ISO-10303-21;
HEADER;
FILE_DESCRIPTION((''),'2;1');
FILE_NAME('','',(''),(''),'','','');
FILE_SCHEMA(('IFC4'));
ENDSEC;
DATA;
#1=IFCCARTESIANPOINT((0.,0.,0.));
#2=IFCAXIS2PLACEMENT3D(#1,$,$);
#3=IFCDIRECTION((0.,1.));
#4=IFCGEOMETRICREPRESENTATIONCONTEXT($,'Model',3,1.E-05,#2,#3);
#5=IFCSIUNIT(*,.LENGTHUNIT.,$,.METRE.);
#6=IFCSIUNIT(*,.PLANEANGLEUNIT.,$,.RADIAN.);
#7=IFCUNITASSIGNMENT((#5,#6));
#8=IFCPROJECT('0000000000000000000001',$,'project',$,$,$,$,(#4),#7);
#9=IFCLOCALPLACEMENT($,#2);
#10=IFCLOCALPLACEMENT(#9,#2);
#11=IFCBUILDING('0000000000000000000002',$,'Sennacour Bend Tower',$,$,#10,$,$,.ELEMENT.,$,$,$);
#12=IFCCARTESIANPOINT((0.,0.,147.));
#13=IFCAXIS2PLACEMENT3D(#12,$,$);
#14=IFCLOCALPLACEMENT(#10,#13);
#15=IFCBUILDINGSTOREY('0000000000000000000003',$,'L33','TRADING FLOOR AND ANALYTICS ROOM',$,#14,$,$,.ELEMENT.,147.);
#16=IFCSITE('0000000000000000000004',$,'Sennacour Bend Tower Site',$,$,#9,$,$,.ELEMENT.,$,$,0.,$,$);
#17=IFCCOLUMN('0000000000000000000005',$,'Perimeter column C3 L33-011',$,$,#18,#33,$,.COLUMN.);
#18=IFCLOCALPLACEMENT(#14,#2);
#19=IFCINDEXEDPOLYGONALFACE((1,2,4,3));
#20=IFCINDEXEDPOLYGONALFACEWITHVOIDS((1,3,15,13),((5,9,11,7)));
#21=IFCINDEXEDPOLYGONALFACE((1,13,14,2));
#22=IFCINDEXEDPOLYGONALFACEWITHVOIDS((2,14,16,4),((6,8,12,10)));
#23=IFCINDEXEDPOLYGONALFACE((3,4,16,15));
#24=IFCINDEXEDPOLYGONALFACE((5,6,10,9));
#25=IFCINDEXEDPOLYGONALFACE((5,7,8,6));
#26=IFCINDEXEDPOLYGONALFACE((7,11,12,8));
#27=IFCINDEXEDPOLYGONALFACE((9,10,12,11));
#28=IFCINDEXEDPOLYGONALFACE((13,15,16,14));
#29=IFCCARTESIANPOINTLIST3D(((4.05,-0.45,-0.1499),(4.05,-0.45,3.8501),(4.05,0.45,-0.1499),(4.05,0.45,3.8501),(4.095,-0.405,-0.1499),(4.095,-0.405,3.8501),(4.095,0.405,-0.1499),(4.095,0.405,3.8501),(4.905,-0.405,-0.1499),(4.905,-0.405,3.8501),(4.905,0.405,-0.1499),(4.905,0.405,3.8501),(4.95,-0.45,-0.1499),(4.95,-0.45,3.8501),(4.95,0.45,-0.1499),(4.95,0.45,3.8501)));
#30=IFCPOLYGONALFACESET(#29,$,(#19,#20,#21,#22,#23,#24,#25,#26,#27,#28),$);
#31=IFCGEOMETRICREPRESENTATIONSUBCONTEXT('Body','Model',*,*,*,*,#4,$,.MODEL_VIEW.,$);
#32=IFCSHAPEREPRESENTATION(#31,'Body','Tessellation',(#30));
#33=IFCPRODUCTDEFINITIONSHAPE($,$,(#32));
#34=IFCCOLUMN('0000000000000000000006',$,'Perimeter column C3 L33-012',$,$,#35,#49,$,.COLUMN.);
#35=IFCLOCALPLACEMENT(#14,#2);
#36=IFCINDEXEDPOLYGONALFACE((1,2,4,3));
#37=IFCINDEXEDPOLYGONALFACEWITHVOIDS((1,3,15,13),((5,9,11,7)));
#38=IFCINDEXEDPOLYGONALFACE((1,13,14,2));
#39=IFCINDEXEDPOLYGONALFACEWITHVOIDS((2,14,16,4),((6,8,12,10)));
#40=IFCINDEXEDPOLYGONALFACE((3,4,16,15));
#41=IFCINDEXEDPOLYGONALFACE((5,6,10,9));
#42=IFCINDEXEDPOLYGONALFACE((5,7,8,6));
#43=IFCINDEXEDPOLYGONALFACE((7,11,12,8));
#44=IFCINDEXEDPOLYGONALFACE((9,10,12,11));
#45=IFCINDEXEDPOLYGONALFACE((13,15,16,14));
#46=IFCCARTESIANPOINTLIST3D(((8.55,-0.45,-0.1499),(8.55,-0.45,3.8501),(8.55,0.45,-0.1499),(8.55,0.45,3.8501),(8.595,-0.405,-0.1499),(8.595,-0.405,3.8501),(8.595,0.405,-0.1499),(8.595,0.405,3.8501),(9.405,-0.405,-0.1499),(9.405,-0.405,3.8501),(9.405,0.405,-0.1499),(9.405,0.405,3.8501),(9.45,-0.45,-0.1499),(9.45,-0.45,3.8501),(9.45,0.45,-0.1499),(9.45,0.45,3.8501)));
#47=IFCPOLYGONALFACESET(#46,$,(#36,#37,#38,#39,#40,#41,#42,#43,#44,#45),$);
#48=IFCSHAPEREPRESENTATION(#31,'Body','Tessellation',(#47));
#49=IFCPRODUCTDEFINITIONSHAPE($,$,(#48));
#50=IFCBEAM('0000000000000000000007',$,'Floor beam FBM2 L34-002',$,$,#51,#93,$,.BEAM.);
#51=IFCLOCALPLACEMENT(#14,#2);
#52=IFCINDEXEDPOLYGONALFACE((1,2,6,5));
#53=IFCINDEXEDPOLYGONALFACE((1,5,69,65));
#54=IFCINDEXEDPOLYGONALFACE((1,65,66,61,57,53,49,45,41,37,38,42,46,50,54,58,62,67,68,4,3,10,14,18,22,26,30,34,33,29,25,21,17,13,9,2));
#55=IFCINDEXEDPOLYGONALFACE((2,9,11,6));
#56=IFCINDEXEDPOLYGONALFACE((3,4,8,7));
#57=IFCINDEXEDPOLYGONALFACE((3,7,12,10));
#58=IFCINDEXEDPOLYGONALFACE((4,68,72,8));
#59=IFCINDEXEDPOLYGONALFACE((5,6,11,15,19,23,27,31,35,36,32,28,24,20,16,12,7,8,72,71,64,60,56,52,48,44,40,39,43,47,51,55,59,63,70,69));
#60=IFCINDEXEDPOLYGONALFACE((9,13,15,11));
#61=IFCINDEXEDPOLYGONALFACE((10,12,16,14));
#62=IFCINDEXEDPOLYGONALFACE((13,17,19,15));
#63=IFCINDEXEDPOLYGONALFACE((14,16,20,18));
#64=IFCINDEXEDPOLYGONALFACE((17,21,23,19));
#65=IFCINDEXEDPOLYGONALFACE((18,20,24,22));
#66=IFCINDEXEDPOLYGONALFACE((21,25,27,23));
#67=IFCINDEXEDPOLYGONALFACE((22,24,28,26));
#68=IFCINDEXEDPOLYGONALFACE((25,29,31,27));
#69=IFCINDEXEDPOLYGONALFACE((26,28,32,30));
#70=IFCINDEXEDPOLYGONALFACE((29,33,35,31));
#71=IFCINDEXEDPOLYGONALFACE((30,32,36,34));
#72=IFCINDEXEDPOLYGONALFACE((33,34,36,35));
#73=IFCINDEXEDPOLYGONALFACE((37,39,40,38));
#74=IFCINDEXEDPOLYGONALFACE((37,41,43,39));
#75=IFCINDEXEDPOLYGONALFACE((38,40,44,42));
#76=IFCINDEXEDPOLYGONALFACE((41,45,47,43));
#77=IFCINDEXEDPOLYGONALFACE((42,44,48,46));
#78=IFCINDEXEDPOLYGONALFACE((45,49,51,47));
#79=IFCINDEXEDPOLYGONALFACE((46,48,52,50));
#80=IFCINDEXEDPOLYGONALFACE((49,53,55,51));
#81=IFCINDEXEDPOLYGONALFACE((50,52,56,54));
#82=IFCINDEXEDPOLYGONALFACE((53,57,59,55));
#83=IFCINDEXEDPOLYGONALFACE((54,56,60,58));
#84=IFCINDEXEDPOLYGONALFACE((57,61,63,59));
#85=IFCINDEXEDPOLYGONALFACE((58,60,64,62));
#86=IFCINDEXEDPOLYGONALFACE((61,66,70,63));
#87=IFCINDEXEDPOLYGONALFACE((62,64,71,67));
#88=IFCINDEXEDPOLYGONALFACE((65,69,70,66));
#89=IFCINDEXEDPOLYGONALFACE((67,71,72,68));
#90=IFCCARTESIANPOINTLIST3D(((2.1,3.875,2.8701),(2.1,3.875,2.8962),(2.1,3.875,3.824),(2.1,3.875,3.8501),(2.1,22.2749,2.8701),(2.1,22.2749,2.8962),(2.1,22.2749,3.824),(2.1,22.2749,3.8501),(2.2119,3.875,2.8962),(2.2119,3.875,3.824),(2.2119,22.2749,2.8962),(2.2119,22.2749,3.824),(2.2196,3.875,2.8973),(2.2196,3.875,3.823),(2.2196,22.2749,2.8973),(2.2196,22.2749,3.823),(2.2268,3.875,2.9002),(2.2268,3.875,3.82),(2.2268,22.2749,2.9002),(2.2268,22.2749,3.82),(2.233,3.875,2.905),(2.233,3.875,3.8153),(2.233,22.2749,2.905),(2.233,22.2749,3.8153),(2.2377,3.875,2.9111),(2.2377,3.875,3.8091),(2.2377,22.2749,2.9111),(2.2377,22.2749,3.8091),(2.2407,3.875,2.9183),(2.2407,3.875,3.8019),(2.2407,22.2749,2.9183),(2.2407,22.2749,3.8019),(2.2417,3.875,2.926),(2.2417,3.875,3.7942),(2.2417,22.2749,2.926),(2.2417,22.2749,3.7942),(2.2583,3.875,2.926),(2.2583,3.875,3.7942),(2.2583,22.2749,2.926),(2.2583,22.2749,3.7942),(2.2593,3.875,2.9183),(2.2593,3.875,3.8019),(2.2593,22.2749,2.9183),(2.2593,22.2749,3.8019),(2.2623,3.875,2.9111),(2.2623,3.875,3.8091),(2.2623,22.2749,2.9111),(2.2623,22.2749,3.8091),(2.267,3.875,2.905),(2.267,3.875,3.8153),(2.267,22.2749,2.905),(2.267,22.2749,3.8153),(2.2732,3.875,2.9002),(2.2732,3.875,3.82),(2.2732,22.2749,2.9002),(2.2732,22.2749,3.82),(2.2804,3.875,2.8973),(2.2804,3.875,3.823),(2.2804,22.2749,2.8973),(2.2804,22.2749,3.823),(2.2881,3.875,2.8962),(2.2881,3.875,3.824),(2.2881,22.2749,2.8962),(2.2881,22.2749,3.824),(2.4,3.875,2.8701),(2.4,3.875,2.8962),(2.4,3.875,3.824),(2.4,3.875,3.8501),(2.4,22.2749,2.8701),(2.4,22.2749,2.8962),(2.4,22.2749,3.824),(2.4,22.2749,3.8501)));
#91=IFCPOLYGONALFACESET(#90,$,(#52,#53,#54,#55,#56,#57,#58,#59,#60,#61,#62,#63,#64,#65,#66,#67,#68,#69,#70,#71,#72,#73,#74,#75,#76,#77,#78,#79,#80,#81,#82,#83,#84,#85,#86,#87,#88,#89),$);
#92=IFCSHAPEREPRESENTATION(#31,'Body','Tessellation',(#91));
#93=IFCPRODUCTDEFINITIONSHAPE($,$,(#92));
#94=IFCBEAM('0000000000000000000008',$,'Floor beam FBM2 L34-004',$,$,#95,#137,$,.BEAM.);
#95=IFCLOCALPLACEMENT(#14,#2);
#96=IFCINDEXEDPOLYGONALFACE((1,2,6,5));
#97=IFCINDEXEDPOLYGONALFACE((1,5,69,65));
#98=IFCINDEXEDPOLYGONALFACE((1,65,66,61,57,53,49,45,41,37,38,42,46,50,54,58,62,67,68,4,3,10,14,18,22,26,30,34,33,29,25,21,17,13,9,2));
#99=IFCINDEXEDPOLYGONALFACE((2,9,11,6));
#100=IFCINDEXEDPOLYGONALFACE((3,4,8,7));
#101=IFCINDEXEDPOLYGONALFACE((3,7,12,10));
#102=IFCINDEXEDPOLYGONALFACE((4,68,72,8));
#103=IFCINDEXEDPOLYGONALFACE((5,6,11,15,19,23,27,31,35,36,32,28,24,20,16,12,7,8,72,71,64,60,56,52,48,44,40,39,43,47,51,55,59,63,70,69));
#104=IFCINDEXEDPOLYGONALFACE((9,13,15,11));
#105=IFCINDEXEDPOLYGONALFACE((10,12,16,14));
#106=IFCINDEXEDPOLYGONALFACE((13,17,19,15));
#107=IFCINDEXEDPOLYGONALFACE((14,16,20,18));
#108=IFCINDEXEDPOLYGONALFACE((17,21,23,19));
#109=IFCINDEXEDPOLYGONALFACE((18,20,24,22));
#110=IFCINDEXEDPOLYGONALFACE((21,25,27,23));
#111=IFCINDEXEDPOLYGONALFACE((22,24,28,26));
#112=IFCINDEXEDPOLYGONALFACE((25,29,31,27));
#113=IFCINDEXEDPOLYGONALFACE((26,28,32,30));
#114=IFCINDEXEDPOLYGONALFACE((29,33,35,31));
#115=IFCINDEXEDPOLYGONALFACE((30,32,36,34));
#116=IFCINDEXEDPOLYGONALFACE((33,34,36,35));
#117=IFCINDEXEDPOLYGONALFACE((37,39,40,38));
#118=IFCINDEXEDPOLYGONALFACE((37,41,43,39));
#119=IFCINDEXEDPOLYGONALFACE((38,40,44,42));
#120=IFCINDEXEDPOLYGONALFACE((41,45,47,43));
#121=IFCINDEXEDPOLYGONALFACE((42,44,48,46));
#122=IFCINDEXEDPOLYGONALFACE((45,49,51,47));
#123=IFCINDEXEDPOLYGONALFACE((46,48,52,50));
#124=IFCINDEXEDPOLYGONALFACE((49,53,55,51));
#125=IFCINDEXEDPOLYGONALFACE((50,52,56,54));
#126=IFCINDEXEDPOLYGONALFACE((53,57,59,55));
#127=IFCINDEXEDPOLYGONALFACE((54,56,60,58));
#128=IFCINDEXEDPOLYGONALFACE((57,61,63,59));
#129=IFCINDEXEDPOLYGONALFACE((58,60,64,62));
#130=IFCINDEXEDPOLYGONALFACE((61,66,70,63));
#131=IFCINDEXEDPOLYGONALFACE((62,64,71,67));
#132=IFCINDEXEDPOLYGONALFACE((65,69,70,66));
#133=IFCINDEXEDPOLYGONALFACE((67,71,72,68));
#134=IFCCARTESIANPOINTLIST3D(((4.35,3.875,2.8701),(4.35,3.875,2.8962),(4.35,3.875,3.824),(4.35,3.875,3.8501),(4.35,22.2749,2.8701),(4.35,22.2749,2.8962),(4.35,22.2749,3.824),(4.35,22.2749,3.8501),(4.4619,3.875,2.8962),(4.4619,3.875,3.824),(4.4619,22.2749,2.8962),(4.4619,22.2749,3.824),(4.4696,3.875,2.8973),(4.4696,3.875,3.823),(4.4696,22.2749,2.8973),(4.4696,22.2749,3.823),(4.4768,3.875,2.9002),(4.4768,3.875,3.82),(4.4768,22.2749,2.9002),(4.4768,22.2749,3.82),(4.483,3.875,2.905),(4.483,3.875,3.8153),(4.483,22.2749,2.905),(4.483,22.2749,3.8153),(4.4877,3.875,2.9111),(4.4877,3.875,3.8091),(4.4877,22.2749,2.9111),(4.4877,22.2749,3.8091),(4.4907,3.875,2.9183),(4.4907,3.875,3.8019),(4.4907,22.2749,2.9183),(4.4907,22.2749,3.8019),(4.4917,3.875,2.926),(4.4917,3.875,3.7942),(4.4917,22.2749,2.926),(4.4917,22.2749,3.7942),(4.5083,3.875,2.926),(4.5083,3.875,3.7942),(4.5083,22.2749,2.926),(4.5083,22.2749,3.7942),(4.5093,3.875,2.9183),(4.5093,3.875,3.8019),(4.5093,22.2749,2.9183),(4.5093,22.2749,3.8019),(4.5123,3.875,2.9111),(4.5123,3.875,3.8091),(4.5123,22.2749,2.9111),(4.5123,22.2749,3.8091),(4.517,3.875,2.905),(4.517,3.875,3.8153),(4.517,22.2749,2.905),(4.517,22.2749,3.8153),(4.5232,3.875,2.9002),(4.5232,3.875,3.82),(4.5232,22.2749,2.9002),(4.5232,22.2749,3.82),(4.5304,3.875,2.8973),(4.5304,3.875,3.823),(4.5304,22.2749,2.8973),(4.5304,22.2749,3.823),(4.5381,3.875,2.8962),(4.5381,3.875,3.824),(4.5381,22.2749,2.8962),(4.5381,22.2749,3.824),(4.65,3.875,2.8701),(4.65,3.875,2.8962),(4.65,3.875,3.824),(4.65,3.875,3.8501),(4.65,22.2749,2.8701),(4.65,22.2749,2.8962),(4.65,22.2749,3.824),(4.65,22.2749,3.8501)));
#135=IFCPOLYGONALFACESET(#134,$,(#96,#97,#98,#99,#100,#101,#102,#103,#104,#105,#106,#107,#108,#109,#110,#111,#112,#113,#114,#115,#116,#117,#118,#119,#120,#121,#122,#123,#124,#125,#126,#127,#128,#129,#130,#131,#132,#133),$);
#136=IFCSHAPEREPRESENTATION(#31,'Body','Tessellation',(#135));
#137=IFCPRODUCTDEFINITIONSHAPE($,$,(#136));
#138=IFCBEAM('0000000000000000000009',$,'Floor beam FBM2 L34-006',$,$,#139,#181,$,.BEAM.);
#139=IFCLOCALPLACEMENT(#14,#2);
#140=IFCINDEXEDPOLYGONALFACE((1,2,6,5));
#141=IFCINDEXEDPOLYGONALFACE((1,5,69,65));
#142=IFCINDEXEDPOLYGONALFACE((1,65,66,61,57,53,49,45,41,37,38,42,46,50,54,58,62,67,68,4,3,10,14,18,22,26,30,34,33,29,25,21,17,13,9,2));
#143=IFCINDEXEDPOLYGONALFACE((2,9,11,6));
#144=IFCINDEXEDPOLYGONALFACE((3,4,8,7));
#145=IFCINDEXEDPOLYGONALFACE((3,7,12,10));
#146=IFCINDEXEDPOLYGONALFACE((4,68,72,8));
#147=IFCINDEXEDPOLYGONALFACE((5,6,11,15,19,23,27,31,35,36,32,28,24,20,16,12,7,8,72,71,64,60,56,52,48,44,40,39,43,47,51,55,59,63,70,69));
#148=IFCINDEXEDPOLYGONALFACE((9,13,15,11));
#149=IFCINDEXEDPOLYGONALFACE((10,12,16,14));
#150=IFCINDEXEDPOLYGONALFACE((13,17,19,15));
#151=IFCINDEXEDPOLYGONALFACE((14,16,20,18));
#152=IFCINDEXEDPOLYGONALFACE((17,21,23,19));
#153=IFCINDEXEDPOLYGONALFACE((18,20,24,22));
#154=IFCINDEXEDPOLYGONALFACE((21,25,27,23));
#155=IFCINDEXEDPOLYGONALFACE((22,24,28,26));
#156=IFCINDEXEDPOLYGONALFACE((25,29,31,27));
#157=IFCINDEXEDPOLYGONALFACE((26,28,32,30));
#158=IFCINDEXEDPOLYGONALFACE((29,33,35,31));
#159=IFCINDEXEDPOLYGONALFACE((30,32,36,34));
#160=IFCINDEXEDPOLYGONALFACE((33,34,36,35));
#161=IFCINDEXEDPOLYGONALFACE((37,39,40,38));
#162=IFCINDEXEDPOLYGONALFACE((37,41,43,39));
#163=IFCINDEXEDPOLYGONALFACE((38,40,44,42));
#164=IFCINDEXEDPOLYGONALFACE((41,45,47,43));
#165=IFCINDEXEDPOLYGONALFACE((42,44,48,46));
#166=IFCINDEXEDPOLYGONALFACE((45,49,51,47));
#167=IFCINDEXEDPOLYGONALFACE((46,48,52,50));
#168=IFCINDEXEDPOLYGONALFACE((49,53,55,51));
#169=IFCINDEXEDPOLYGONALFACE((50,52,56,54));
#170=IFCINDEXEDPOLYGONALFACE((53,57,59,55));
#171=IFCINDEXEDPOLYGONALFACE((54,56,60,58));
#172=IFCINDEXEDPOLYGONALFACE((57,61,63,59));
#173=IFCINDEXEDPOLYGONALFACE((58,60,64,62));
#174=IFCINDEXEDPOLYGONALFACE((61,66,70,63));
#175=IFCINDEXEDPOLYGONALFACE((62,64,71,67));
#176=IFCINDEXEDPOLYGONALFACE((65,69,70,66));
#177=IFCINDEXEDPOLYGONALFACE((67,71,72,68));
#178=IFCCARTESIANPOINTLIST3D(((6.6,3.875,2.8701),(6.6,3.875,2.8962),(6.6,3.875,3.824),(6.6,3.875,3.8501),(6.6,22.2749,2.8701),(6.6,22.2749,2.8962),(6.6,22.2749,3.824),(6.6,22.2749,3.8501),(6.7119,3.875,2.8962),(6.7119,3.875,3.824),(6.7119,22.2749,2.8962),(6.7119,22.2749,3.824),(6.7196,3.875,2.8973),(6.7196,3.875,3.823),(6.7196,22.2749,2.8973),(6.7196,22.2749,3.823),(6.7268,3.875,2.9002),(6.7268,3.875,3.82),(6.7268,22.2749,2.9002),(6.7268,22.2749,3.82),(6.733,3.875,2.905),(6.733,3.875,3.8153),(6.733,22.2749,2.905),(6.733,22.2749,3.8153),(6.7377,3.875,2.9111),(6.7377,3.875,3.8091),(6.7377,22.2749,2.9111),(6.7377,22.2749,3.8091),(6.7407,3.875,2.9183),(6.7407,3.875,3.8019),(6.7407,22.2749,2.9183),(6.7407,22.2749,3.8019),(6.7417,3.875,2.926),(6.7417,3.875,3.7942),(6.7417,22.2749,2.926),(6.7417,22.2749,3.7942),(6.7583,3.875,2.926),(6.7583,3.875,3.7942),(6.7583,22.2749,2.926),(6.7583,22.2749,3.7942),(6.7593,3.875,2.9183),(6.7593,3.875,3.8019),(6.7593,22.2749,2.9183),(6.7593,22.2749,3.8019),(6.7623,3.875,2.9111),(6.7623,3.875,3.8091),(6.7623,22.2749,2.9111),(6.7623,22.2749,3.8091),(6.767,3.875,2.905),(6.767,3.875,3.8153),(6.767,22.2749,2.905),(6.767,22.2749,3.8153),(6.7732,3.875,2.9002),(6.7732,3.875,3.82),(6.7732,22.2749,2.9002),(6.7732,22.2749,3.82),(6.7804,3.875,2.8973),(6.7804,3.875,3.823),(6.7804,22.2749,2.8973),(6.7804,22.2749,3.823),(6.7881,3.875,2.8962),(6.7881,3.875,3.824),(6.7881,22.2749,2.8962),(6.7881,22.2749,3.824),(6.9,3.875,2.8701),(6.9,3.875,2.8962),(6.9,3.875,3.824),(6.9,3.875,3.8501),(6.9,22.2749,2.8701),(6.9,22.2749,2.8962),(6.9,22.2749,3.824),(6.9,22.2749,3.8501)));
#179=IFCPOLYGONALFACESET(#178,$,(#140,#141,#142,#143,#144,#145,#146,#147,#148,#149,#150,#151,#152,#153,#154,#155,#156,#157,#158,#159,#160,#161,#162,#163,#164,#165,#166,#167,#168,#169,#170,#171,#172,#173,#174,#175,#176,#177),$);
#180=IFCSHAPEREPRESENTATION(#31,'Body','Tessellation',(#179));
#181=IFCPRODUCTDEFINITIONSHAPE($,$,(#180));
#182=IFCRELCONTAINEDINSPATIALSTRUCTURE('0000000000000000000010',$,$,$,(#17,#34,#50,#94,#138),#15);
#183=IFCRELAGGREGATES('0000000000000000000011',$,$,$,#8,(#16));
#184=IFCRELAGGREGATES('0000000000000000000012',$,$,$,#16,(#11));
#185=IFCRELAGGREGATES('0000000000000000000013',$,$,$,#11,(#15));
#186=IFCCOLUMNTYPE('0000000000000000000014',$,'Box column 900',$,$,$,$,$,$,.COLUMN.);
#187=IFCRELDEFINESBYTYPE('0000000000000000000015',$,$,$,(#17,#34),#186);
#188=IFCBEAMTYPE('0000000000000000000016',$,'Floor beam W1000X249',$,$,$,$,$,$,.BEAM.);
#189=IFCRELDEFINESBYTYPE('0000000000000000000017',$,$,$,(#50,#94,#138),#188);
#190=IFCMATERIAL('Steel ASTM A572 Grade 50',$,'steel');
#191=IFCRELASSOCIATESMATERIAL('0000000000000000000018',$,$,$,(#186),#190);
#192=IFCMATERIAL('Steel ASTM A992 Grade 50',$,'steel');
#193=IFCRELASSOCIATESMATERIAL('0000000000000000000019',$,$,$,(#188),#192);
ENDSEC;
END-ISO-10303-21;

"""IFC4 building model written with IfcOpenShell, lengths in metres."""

from ifc_helpers import new_model, si_unit, direction, frame, origin, origin_2d, place, context, subcontext, project, spatial, hollow_rectangle, i_section, extrude, material, material_profile, profile_set, type_object, element, save


model = new_model("IFC4")

# Units and contexts
model_context = context("Model", 3, precision=1e-05, world=origin(), true_north=direction((0.0, 1.0)))
body_context = subcontext(model_context, "Body", "Model", "MODEL_VIEW")
ifc_project = project(units=[si_unit("LENGTHUNIT", "METRE"), si_unit("PLANEANGLEUNIT", "RADIAN")], contexts=[model_context])

# Site, building, storey
site_placement = place(None, origin())
site = spatial("IfcSite", under=ifc_project, at=site_placement, Name="Sennacour Bend Tower Site", CompositionType="ELEMENT", RefElevation=0.0)
building_placement = place(site_placement, origin())
building = spatial("IfcBuilding", under=site, at=building_placement, Name="Sennacour Bend Tower", CompositionType="ELEMENT")
storey_placement = place(building_placement, frame((0.0, 0.0, 147.0)))
storey = spatial("IfcBuildingStorey", under=building, at=storey_placement, Name="L33", Description="TRADING FLOOR AND ANALYTICS ROOM", CompositionType="ELEMENT", Elevation=147.0)

# Columns
ifc_material_1 = material(Name="Steel ASTM A572 Grade 50", Category="steel")
ifc_material_profile_1 = material_profile(ifc_material_1, hollow_rectangle(XDim=0.8999, YDim=0.8999, WallThickness=0.0449, at=origin_2d()), Name="Steel ASTM A572 Grade 50", Category="steel")
ifc_profile_set_1 = profile_set([ifc_material_profile_1], Name="Steel ASTM A572 Grade 50")
column_type = type_object("IfcColumnType", Name="Box column 900", PredefinedType="COLUMN", material=ifc_profile_set_1)
for number, where, z_axis, x_axis, name in (
    (1, (4.5, 0.0, -0.1499), (0.0, 0.0, 1.0), (1.0, 0.0, 0.0), "Perimeter column C3 L33-011"),
    (2, (9.0, 0.0, -0.1499), (0.0, 0.0, 1.0), (1.0, 0.0, 0.0), "Perimeter column C3 L33-012"),
):
    element("IfcColumn", number, at=place(storey_placement, frame(where, z_axis=z_axis, x_axis=x_axis)), inside=storey, type_object=column_type, Name=name, PredefinedType="COLUMN", context=body_context, shape_type="SweptSolid", body=[
        extrude(hollow_rectangle(XDim=0.8999, YDim=0.8999, WallThickness=0.0449, at=origin_2d()), origin(), (0.0, 0.0, 1.0), 4.0),
    ])

# Beams
ifc_material_2 = material(Name="Steel ASTM A992 Grade 50", Category="steel")
ifc_material_profile_2 = material_profile(ifc_material_2, i_section(OverallWidth=0.3, OverallDepth=0.98, WebThickness=0.0166, FlangeThickness=0.0261, FilletRadius=0.0298, at=origin_2d()), Name="Steel ASTM A992 Grade 50", Category="steel")
ifc_profile_set_2 = profile_set([ifc_material_profile_2], Name="Steel ASTM A992 Grade 50")
beam_type_1 = type_object("IfcBeamType", Name="Floor beam W1000X249", PredefinedType="BEAM", material=ifc_profile_set_2)
for number, where, z_axis, x_axis, name in (
    (3, (2.25, 3.875, 3.3601), (0.0, 1.0, 0.0), (-1.0, 0.0, 0.0), "Floor beam FBM2 L34-002"),
    (4, (4.5, 3.875, 3.3601), (0.0, 1.0, 0.0), (-1.0, 0.0, 0.0), "Floor beam FBM2 L34-004"),
    (5, (6.75, 3.875, 3.3601), (0.0, 1.0, 0.0), (-1.0, 0.0, 0.0), "Floor beam FBM2 L34-006"),
):
    element("IfcBeam", number, at=place(storey_placement, frame(where, z_axis=z_axis, x_axis=x_axis)), inside=storey, type_object=beam_type_1, Name=name, PredefinedType="BEAM", context=body_context, shape_type="SweptSolid", body=[
        extrude(i_section(OverallWidth=0.3, OverallDepth=0.98, WebThickness=0.0166, FlangeThickness=0.0261, FilletRadius=0.0298, at=origin_2d()), origin(), (0.0, 0.0, 1.0), 18.3999),
    ])

save(model, "model.ifc")
